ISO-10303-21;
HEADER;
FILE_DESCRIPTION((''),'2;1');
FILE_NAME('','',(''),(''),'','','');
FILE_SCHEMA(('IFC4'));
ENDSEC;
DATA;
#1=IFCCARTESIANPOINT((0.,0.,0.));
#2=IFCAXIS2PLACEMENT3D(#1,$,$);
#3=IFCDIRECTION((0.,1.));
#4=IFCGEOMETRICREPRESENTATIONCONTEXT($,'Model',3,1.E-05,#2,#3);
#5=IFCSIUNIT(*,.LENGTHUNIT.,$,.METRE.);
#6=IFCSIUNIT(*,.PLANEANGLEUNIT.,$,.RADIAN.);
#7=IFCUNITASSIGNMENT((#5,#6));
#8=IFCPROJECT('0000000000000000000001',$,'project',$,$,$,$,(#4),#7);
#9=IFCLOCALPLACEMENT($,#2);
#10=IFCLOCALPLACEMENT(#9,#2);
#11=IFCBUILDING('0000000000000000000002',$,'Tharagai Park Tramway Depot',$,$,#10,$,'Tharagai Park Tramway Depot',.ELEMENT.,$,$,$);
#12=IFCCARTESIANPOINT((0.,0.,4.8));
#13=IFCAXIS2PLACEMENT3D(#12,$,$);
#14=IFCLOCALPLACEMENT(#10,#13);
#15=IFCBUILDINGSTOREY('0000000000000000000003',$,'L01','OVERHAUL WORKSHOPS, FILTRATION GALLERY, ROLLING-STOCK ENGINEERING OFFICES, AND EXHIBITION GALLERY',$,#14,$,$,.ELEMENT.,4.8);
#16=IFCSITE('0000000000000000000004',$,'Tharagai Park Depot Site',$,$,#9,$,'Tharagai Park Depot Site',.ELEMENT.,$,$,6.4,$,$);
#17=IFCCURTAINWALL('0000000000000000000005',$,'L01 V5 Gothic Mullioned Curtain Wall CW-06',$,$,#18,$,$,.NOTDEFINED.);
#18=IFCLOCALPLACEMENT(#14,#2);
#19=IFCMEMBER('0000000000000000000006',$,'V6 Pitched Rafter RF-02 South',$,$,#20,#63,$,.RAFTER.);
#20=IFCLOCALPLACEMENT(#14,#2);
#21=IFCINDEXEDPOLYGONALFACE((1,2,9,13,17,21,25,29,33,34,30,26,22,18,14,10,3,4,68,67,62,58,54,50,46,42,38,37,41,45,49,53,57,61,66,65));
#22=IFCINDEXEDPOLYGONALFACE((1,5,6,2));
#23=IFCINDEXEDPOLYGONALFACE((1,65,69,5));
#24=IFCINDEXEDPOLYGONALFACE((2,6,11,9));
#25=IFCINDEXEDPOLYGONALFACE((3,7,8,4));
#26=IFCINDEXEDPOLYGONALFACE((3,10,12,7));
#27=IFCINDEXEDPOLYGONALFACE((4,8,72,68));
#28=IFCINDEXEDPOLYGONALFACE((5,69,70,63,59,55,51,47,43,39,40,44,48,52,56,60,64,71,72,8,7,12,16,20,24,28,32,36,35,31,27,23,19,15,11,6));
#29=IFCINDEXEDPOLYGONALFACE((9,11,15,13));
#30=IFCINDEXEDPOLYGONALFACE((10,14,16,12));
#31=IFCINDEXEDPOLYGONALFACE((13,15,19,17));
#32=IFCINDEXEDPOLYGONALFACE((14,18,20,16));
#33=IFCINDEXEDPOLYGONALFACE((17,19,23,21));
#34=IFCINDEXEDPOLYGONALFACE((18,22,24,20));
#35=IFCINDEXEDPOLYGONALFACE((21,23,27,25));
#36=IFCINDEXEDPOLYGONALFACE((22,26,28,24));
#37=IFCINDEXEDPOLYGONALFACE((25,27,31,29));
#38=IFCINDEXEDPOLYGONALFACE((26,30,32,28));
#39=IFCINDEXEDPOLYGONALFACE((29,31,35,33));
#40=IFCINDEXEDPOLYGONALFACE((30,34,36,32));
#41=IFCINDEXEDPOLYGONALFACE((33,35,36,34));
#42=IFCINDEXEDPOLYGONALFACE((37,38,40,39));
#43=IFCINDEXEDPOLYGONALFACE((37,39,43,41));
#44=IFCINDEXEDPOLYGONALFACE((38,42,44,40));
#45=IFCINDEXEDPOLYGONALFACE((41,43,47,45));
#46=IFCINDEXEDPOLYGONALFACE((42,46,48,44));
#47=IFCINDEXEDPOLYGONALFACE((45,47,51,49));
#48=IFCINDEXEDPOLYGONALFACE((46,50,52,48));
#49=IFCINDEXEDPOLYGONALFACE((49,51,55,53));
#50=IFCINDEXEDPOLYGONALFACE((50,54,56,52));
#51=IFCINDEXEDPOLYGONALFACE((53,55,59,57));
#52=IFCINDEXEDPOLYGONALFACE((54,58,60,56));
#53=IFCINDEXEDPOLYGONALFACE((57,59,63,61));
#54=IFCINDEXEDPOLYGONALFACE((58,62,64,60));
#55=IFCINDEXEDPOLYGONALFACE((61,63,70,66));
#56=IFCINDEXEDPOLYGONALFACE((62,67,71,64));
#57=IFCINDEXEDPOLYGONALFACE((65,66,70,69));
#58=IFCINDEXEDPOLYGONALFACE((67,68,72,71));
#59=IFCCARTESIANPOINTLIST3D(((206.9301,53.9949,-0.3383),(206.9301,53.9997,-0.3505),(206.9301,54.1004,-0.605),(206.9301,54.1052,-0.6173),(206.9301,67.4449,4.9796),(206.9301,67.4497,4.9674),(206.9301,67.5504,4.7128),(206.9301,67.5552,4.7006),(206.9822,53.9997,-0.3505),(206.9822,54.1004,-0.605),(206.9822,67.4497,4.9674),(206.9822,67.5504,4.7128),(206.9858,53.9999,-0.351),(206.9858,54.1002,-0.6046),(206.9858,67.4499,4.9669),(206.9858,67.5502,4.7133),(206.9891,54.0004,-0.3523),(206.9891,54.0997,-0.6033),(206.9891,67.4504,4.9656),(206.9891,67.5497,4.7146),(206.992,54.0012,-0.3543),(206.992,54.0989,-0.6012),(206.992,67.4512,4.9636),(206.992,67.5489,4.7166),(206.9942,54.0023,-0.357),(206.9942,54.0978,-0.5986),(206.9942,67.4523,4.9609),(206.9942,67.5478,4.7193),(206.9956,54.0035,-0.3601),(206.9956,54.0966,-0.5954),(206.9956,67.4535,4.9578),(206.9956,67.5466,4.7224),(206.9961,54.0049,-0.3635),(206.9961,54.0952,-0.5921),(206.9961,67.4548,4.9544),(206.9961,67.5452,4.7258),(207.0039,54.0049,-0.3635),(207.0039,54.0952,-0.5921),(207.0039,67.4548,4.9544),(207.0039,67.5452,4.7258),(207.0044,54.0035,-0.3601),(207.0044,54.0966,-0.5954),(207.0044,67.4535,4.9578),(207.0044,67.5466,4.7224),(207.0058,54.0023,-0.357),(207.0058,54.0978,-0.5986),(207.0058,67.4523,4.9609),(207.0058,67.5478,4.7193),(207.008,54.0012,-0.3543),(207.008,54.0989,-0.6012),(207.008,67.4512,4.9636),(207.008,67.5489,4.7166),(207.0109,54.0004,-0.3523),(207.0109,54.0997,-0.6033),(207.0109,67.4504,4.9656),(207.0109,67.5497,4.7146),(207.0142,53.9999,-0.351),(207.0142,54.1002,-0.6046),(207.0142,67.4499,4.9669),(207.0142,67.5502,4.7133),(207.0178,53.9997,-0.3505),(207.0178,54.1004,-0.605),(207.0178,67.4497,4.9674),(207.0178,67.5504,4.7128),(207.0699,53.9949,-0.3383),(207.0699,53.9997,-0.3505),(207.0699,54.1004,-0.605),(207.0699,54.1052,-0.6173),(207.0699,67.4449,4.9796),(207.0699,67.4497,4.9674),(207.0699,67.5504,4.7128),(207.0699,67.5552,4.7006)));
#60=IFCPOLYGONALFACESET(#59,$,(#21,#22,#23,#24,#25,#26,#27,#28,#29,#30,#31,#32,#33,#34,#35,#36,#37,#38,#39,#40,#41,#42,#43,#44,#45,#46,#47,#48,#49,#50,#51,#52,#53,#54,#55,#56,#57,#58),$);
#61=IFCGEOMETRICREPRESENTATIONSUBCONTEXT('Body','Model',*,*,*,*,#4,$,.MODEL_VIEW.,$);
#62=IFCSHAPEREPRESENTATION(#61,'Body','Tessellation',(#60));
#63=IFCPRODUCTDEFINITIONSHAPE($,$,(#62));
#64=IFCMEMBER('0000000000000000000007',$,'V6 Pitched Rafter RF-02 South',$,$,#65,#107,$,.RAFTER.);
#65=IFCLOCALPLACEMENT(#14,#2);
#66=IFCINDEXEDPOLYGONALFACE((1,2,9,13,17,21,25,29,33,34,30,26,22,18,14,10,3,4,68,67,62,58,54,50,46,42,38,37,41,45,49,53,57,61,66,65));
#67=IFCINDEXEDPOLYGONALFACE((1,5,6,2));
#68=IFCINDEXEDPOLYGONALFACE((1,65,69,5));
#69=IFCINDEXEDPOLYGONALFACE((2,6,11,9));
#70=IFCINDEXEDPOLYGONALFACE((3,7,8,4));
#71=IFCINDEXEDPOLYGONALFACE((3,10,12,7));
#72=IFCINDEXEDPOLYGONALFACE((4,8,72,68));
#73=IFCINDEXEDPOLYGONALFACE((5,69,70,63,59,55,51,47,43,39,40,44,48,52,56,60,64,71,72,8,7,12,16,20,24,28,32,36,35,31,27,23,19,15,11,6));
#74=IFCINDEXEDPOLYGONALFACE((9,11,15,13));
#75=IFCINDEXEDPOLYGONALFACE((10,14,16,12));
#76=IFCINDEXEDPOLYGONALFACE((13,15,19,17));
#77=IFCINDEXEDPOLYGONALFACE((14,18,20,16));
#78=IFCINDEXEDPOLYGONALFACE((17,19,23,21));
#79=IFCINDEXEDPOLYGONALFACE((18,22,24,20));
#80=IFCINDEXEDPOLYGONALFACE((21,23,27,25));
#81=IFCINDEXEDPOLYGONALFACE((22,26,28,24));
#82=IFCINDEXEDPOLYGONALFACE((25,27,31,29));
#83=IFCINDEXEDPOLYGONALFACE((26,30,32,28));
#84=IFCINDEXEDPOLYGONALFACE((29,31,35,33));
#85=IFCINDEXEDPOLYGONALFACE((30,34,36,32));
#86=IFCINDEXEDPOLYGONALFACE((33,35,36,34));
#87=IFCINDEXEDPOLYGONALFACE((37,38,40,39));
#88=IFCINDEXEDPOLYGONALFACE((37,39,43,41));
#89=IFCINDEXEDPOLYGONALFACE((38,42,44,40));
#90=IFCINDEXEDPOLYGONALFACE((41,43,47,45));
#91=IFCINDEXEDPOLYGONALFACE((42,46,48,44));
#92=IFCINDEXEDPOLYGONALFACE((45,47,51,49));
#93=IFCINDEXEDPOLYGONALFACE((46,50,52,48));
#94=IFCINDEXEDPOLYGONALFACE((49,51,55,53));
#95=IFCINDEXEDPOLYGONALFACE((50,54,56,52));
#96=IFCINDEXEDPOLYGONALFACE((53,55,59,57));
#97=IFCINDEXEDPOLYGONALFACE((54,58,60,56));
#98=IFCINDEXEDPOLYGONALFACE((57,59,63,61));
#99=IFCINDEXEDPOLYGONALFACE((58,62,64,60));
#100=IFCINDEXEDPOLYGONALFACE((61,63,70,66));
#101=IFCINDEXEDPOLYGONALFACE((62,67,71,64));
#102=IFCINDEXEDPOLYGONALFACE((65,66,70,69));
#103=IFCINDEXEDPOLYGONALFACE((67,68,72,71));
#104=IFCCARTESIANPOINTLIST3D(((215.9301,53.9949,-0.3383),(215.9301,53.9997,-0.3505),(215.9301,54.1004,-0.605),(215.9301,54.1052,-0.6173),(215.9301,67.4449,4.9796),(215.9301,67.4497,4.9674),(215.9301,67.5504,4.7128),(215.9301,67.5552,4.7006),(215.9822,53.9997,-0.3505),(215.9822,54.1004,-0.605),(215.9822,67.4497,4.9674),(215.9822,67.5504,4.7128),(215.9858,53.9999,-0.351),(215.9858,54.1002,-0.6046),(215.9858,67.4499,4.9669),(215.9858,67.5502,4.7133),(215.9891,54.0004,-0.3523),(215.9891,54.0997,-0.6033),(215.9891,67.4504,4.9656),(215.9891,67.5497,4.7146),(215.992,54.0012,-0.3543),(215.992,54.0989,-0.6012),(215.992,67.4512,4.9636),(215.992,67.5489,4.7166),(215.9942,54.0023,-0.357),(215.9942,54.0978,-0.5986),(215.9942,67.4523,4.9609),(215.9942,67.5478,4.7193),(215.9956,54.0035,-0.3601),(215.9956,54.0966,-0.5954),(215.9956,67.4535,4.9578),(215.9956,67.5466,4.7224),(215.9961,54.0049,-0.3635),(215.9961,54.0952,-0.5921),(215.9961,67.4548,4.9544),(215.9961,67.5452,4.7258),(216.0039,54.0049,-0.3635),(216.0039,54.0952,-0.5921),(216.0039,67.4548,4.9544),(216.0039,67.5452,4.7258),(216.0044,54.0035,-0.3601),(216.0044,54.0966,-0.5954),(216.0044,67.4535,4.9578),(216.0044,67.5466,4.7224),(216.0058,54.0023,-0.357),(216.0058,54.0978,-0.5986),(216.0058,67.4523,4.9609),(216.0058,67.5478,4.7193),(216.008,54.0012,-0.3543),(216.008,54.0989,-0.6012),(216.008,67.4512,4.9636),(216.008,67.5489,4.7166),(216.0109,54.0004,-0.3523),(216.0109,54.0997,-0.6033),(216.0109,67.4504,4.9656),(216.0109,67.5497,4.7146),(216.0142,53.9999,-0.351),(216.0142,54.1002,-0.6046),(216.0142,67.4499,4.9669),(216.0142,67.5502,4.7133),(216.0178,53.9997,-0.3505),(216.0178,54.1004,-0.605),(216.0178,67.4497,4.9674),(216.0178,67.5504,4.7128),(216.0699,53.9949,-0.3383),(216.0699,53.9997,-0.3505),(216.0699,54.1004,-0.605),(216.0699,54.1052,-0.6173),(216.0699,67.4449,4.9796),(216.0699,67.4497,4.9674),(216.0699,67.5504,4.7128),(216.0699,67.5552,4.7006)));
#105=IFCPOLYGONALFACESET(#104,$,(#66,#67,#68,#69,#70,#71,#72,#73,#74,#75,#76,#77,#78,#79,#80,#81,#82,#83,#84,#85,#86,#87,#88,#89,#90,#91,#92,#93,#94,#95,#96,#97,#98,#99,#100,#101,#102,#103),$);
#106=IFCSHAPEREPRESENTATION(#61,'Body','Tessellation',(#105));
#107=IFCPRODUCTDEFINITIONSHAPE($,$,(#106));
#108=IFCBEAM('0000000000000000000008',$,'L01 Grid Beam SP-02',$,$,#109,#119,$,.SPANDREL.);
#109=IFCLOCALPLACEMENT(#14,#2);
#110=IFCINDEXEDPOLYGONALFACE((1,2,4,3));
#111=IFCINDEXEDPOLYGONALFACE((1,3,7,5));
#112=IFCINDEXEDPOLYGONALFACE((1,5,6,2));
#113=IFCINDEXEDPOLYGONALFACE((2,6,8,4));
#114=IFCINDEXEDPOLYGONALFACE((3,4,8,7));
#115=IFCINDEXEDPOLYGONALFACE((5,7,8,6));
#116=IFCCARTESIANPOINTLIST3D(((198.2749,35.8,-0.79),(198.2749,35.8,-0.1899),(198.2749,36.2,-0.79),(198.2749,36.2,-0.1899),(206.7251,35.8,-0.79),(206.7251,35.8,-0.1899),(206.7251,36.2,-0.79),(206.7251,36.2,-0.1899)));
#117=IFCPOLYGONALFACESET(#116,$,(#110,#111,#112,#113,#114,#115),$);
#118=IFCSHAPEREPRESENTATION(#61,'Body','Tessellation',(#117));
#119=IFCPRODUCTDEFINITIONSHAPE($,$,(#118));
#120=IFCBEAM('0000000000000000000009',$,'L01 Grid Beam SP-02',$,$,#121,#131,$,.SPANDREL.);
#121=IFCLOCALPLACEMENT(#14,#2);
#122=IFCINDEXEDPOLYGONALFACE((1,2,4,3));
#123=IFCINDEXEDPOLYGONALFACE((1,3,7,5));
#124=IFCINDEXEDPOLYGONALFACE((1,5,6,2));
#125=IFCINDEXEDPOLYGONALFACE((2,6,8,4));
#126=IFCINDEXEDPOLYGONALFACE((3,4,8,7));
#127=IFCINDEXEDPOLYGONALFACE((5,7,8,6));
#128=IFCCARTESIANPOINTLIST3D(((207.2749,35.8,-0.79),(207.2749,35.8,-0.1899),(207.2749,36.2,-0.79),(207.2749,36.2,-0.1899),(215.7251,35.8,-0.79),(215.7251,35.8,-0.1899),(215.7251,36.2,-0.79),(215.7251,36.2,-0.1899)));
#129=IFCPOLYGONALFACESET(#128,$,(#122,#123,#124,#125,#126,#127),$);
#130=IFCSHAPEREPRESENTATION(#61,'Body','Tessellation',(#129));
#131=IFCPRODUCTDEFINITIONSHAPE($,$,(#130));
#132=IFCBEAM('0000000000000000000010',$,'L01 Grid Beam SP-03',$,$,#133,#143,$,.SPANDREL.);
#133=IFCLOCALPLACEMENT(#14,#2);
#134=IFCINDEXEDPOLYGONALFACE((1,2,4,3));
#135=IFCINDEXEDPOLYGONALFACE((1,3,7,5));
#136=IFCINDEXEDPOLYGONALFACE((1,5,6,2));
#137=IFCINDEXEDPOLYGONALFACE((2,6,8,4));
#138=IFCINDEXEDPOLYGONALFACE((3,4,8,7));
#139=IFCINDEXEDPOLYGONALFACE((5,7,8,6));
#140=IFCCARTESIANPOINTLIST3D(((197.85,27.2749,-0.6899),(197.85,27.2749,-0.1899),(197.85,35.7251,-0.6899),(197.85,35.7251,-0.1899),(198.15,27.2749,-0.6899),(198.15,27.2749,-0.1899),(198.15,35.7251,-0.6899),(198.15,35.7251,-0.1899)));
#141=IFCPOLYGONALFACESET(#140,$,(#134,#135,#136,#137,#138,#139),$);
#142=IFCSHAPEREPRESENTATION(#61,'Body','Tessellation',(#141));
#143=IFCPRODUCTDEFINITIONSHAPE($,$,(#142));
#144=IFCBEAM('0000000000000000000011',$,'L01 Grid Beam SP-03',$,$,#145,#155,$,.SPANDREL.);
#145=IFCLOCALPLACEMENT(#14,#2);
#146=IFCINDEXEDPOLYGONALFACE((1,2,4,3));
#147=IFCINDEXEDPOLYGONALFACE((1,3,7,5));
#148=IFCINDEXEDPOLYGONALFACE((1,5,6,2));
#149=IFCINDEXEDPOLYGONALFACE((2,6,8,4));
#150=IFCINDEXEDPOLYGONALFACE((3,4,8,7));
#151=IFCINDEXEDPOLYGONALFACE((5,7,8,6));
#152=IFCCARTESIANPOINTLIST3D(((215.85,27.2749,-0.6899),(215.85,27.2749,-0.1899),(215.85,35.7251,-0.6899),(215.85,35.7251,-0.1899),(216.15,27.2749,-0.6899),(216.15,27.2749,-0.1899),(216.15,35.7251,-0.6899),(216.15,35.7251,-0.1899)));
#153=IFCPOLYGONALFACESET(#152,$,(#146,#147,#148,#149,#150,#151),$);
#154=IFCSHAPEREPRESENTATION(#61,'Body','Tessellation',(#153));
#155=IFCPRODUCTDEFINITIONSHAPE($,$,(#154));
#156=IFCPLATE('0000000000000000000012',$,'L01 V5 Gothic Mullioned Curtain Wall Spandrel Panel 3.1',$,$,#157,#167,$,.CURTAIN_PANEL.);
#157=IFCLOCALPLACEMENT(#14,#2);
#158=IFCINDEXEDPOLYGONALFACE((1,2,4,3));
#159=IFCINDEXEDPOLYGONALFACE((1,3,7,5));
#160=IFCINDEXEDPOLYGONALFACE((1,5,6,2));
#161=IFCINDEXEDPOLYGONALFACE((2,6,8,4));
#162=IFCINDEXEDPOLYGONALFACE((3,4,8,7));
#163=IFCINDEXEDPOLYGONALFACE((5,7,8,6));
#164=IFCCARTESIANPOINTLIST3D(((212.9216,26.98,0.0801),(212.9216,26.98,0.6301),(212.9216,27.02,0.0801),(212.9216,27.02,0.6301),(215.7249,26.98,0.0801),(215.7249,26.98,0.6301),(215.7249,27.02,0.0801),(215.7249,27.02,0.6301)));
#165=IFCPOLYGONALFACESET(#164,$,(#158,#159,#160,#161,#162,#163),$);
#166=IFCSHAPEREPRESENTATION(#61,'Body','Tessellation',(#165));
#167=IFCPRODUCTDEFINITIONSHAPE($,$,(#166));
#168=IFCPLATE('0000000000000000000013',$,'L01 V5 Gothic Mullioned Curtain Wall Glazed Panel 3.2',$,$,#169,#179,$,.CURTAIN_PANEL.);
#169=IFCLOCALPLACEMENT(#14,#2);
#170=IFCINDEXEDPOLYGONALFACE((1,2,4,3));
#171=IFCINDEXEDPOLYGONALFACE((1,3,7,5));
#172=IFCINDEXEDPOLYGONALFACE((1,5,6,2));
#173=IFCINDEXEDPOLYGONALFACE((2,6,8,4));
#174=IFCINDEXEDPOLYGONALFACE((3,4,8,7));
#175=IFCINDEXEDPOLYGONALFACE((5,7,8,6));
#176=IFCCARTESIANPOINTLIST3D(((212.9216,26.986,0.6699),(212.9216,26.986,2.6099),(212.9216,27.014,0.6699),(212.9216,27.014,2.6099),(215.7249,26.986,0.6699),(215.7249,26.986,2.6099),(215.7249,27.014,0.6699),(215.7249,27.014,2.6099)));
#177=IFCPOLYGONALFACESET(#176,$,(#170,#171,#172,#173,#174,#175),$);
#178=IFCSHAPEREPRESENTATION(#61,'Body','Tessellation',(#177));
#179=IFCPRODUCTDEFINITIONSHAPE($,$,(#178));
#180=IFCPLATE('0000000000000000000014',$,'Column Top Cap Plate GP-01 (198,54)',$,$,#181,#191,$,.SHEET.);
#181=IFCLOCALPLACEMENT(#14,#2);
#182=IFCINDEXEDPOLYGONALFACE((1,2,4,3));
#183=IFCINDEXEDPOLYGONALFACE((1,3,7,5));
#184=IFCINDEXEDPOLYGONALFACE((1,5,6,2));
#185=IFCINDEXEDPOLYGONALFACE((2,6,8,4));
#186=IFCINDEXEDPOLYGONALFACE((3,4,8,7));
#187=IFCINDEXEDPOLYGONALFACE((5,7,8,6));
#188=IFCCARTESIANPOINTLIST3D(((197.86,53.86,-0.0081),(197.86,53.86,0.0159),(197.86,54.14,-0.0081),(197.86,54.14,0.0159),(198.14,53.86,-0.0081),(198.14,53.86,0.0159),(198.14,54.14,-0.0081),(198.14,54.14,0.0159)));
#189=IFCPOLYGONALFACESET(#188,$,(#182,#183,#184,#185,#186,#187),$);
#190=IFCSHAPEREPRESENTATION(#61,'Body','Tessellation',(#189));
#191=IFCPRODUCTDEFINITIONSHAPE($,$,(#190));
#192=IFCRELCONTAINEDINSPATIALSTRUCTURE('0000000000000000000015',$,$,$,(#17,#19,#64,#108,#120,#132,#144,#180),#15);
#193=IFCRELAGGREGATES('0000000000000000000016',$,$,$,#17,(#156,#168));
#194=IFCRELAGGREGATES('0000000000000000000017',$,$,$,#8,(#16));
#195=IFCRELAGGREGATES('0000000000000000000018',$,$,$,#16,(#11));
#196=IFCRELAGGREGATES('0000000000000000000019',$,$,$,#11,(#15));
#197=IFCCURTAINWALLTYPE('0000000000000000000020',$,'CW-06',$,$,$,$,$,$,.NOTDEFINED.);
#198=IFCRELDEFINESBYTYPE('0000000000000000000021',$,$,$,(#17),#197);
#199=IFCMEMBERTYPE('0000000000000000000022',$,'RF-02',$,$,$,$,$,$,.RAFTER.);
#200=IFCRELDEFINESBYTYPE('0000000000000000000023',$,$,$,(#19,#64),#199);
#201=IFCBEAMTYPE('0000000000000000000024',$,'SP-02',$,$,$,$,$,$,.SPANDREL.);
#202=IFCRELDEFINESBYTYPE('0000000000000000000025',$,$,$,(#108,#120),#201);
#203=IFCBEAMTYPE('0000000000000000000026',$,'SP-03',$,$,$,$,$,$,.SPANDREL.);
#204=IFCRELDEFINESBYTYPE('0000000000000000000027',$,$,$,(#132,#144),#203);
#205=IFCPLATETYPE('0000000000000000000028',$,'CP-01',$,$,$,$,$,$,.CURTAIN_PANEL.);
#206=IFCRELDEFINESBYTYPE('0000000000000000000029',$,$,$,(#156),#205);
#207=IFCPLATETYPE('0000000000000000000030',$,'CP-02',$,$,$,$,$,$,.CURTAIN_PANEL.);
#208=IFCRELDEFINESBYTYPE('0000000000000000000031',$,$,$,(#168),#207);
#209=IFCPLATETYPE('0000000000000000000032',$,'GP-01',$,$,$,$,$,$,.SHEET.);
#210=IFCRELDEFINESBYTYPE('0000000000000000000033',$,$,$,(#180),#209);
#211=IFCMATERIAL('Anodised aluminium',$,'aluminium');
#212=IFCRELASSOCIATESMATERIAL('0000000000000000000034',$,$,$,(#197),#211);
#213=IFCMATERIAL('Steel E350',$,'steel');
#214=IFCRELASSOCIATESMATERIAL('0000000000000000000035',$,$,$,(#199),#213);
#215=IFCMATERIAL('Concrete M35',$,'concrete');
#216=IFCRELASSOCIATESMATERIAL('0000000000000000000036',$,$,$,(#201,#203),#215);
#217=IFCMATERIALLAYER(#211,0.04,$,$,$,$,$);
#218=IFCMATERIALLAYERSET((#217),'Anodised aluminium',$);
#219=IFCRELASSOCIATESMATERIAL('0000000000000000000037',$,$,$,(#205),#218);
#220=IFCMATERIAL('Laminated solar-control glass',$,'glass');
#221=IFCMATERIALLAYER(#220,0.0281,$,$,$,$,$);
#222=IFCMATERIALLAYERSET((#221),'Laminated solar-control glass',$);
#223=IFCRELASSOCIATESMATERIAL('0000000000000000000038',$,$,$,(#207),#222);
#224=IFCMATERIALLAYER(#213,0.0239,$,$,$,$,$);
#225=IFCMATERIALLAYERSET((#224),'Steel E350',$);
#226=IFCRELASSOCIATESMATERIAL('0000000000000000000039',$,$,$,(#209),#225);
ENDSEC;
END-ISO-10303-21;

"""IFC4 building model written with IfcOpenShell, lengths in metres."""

from ifc_helpers import new_model, si_unit, direction, frame, origin, origin_2d, place, context, subcontext, project, spatial, rectangle, i_section, extrude, material, layer, layer_set, material_profile, profile_set, type_object, element, aggregate, save


model = new_model("IFC4")

# Units and contexts
model_context = context("Model", 3, precision=1e-05, world=origin(), true_north=direction((0.0, 1.0)))
body_context = subcontext(model_context, "Body", "Model", "MODEL_VIEW")
ifc_project = project(units=[si_unit("LENGTHUNIT", "METRE"), si_unit("PLANEANGLEUNIT", "RADIAN")], contexts=[model_context])

# Site, building, storey
site_placement = place(None, origin())
site = spatial("IfcSite", under=ifc_project, at=site_placement, Name="Tharagai Park Depot Site", LongName="Tharagai Park Depot Site", CompositionType="ELEMENT", RefElevation=6.4)
building_placement = place(site_placement, origin())
building = spatial("IfcBuilding", under=site, at=building_placement, Name="Tharagai Park Tramway Depot", LongName="Tharagai Park Tramway Depot", CompositionType="ELEMENT")
storey_placement = place(building_placement, frame((0.0, 0.0, 4.8)))
storey = spatial("IfcBuildingStorey", under=building, at=storey_placement, Name="L01", Description="OVERHAUL WORKSHOPS, FILTRATION GALLERY, ROLLING-STOCK ENGINEERING OFFICES, AND EXHIBITION GALLERY", CompositionType="ELEMENT", Elevation=4.8)

# Shared definitions
ifc_material_1 = material(Name="Steel E350", Category="steel")
ifc_material_2 = material(Name="Concrete M35", Category="concrete")

# Curtain wall
ifc_material_3 = material(Name="Anodised aluminium", Category="aluminium")
curtain_wall_type = type_object("IfcCurtainWallType", Name="CW-06", PredefinedType="NOTDEFINED", material=ifc_material_3)
curtain_wall_placement = place(storey_placement, origin())
curtain_wall = element("IfcCurtainWall", 1, at=curtain_wall_placement, inside=storey, type_object=curtain_wall_type, Name="L01 V5 Gothic Mullioned Curtain Wall CW-06", PredefinedType="NOTDEFINED")

# Members
ifc_material_profile_1 = material_profile(ifc_material_1, i_section(OverallWidth=0.1399, OverallDepth=0.3, WebThickness=0.0078, FlangeThickness=0.0132, FilletRadius=0.0139, at=origin_2d()), Name="ISMB 300")
ifc_profile_set_1 = profile_set([ifc_material_profile_1], Name="Steel E350")
member_type_1 = type_object("IfcMemberType", Name="RF-02", PredefinedType="RAFTER", material=ifc_profile_set_1)
for number, where, z_axis, x_axis, name in (
    (2, (207.0, 54.05, -0.4778), (0.0, 0.92995, 0.367686), (-1.0, 0.0, 0.0), "V6 Pitched Rafter RF-02 South"),
    (3, (216.0, 54.05, -0.4778), (0.0, 0.92995, 0.367686), (-1.0, 0.0, 0.0), "V6 Pitched Rafter RF-02 South"),
):
    element("IfcMember", number, at=place(storey_placement, frame(where, z_axis=z_axis, x_axis=x_axis)), inside=storey, type_object=member_type_1, Name=name, PredefinedType="RAFTER", context=body_context, shape_type="SweptSolid", body=[
        extrude(i_section(OverallWidth=0.1399, OverallDepth=0.3, WebThickness=0.0078, FlangeThickness=0.0132, FilletRadius=0.0139, at=origin_2d()), origin(), (0.0, 0.0, 1.0), 14.4631),
    ])

# Beams
ifc_material_profile_2 = material_profile(ifc_material_2, rectangle(XDim=0.3999, YDim=0.6001, at=origin_2d()), Name="RC 400x600")
ifc_profile_set_2 = profile_set([ifc_material_profile_2], Name="Concrete M35")
beam_type_1 = type_object("IfcBeamType", Name="SP-02", PredefinedType="SPANDREL", material=ifc_profile_set_2)
for number, where, z_axis, x_axis, name in (
    (4, (198.2749, 36.0, -0.49), (1.0, 0.0, 0.0), (0.0, 1.0, 0.0), "L01 Grid Beam SP-02"),
    (5, (207.2749, 36.0, -0.49), (1.0, 0.0, 0.0), (0.0, 1.0, 0.0), "L01 Grid Beam SP-02"),
):
    element("IfcBeam", number, at=place(storey_placement, frame(where, z_axis=z_axis, x_axis=x_axis)), inside=storey, type_object=beam_type_1, Name=name, PredefinedType="SPANDREL", context=body_context, shape_type="SweptSolid", body=[
        extrude(rectangle(XDim=0.3999, YDim=0.6001, at=origin_2d()), origin(), (0.0, 0.0, 1.0), 8.4502),
    ])
ifc_material_profile_3 = material_profile(ifc_material_2, rectangle(XDim=0.3, YDim=0.5, at=origin_2d()), Name="RC 300x500")
ifc_profile_set_3 = profile_set([ifc_material_profile_3], Name="Concrete M35")
beam_type_2 = type_object("IfcBeamType", Name="SP-03", PredefinedType="SPANDREL", material=ifc_profile_set_3)
for number, where, z_axis, x_axis, name in (
    (6, (198.0, 27.2749, -0.4399), (0.0, 1.0, 0.0), (-1.0, 0.0, 0.0), "L01 Grid Beam SP-03"),
    (7, (216.0, 27.2749, -0.4399), (0.0, 1.0, 0.0), (-1.0, 0.0, 0.0), "L01 Grid Beam SP-03"),
):
    element("IfcBeam", number, at=place(storey_placement, frame(where, z_axis=z_axis, x_axis=x_axis)), inside=storey, type_object=beam_type_2, Name=name, PredefinedType="SPANDREL", context=body_context, shape_type="SweptSolid", body=[
        extrude(rectangle(XDim=0.3, YDim=0.5, at=origin_2d()), origin(), (0.0, 0.0, 1.0), 8.4502),
    ])

# Plates
ifc_layer_1 = layer(ifc_material_3, 0.04)
ifc_layer_set_1 = layer_set([ifc_layer_1], Name="Anodised aluminium")
plate_type_1 = type_object("IfcPlateType", Name="CP-01", PredefinedType="CURTAIN_PANEL", material=ifc_layer_set_1)
plate_1_placement = place(storey_placement, frame((214.3232, 27.0, 0.0801), z_axis=(0.0, 0.0, 1.0), x_axis=(1.0, 0.0, 0.0)))
plate_1 = element("IfcPlate", 8, at=plate_1_placement, type_object=plate_type_1, Name="L01 V5 Gothic Mullioned Curtain Wall Spandrel Panel 3.1", PredefinedType="CURTAIN_PANEL", context=body_context, shape_type="SweptSolid", body=[
    extrude(rectangle(XDim=2.8032, YDim=0.04, at=origin_2d()), origin(), (0.0, 0.0, 1.0), 0.55),
])
ifc_material_4 = material(Name="Laminated solar-control glass", Category="glass")
ifc_layer_2 = layer(ifc_material_4, 0.0281)
ifc_layer_set_2 = layer_set([ifc_layer_2], Name="Laminated solar-control glass")
plate_type_2 = type_object("IfcPlateType", Name="CP-02", PredefinedType="CURTAIN_PANEL", material=ifc_layer_set_2)
plate_2_placement = place(storey_placement, frame((214.3232, 27.0, 0.6699), z_axis=(0.0, 0.0, 1.0), x_axis=(1.0, 0.0, 0.0)))
plate_2 = element("IfcPlate", 9, at=plate_2_placement, type_object=plate_type_2, Name="L01 V5 Gothic Mullioned Curtain Wall Glazed Panel 3.2", PredefinedType="CURTAIN_PANEL", context=body_context, shape_type="SweptSolid", body=[
    extrude(rectangle(XDim=2.8032, YDim=0.0281, at=origin_2d()), origin(), (0.0, 0.0, 1.0), 1.9399),
])
aggregate(curtain_wall, [plate_1, plate_2])

# Plate
ifc_layer_3 = layer(ifc_material_1, 0.0239)
ifc_layer_set_3 = layer_set([ifc_layer_3], Name="Steel E350")
plate_type_3 = type_object("IfcPlateType", Name="GP-01", PredefinedType="SHEET", material=ifc_layer_set_3)
for number, where, z_axis, x_axis, name in (
    (10, (198.0, 54.0, -0.0081), (0.0, 0.0, 1.0), (1.0, 0.0, 0.0), "Column Top Cap Plate GP-01 (198,54)"),
):
    element("IfcPlate", number, at=place(storey_placement, frame(where, z_axis=z_axis, x_axis=x_axis)), inside=storey, type_object=plate_type_3, Name=name, PredefinedType="SHEET", context=body_context, shape_type="SweptSolid", body=[
        extrude(rectangle(XDim=0.28, YDim=0.28, at=origin_2d()), origin(), (0.0, 0.0, 1.0), 0.0239),
    ])

save(model, "model.ifc")
